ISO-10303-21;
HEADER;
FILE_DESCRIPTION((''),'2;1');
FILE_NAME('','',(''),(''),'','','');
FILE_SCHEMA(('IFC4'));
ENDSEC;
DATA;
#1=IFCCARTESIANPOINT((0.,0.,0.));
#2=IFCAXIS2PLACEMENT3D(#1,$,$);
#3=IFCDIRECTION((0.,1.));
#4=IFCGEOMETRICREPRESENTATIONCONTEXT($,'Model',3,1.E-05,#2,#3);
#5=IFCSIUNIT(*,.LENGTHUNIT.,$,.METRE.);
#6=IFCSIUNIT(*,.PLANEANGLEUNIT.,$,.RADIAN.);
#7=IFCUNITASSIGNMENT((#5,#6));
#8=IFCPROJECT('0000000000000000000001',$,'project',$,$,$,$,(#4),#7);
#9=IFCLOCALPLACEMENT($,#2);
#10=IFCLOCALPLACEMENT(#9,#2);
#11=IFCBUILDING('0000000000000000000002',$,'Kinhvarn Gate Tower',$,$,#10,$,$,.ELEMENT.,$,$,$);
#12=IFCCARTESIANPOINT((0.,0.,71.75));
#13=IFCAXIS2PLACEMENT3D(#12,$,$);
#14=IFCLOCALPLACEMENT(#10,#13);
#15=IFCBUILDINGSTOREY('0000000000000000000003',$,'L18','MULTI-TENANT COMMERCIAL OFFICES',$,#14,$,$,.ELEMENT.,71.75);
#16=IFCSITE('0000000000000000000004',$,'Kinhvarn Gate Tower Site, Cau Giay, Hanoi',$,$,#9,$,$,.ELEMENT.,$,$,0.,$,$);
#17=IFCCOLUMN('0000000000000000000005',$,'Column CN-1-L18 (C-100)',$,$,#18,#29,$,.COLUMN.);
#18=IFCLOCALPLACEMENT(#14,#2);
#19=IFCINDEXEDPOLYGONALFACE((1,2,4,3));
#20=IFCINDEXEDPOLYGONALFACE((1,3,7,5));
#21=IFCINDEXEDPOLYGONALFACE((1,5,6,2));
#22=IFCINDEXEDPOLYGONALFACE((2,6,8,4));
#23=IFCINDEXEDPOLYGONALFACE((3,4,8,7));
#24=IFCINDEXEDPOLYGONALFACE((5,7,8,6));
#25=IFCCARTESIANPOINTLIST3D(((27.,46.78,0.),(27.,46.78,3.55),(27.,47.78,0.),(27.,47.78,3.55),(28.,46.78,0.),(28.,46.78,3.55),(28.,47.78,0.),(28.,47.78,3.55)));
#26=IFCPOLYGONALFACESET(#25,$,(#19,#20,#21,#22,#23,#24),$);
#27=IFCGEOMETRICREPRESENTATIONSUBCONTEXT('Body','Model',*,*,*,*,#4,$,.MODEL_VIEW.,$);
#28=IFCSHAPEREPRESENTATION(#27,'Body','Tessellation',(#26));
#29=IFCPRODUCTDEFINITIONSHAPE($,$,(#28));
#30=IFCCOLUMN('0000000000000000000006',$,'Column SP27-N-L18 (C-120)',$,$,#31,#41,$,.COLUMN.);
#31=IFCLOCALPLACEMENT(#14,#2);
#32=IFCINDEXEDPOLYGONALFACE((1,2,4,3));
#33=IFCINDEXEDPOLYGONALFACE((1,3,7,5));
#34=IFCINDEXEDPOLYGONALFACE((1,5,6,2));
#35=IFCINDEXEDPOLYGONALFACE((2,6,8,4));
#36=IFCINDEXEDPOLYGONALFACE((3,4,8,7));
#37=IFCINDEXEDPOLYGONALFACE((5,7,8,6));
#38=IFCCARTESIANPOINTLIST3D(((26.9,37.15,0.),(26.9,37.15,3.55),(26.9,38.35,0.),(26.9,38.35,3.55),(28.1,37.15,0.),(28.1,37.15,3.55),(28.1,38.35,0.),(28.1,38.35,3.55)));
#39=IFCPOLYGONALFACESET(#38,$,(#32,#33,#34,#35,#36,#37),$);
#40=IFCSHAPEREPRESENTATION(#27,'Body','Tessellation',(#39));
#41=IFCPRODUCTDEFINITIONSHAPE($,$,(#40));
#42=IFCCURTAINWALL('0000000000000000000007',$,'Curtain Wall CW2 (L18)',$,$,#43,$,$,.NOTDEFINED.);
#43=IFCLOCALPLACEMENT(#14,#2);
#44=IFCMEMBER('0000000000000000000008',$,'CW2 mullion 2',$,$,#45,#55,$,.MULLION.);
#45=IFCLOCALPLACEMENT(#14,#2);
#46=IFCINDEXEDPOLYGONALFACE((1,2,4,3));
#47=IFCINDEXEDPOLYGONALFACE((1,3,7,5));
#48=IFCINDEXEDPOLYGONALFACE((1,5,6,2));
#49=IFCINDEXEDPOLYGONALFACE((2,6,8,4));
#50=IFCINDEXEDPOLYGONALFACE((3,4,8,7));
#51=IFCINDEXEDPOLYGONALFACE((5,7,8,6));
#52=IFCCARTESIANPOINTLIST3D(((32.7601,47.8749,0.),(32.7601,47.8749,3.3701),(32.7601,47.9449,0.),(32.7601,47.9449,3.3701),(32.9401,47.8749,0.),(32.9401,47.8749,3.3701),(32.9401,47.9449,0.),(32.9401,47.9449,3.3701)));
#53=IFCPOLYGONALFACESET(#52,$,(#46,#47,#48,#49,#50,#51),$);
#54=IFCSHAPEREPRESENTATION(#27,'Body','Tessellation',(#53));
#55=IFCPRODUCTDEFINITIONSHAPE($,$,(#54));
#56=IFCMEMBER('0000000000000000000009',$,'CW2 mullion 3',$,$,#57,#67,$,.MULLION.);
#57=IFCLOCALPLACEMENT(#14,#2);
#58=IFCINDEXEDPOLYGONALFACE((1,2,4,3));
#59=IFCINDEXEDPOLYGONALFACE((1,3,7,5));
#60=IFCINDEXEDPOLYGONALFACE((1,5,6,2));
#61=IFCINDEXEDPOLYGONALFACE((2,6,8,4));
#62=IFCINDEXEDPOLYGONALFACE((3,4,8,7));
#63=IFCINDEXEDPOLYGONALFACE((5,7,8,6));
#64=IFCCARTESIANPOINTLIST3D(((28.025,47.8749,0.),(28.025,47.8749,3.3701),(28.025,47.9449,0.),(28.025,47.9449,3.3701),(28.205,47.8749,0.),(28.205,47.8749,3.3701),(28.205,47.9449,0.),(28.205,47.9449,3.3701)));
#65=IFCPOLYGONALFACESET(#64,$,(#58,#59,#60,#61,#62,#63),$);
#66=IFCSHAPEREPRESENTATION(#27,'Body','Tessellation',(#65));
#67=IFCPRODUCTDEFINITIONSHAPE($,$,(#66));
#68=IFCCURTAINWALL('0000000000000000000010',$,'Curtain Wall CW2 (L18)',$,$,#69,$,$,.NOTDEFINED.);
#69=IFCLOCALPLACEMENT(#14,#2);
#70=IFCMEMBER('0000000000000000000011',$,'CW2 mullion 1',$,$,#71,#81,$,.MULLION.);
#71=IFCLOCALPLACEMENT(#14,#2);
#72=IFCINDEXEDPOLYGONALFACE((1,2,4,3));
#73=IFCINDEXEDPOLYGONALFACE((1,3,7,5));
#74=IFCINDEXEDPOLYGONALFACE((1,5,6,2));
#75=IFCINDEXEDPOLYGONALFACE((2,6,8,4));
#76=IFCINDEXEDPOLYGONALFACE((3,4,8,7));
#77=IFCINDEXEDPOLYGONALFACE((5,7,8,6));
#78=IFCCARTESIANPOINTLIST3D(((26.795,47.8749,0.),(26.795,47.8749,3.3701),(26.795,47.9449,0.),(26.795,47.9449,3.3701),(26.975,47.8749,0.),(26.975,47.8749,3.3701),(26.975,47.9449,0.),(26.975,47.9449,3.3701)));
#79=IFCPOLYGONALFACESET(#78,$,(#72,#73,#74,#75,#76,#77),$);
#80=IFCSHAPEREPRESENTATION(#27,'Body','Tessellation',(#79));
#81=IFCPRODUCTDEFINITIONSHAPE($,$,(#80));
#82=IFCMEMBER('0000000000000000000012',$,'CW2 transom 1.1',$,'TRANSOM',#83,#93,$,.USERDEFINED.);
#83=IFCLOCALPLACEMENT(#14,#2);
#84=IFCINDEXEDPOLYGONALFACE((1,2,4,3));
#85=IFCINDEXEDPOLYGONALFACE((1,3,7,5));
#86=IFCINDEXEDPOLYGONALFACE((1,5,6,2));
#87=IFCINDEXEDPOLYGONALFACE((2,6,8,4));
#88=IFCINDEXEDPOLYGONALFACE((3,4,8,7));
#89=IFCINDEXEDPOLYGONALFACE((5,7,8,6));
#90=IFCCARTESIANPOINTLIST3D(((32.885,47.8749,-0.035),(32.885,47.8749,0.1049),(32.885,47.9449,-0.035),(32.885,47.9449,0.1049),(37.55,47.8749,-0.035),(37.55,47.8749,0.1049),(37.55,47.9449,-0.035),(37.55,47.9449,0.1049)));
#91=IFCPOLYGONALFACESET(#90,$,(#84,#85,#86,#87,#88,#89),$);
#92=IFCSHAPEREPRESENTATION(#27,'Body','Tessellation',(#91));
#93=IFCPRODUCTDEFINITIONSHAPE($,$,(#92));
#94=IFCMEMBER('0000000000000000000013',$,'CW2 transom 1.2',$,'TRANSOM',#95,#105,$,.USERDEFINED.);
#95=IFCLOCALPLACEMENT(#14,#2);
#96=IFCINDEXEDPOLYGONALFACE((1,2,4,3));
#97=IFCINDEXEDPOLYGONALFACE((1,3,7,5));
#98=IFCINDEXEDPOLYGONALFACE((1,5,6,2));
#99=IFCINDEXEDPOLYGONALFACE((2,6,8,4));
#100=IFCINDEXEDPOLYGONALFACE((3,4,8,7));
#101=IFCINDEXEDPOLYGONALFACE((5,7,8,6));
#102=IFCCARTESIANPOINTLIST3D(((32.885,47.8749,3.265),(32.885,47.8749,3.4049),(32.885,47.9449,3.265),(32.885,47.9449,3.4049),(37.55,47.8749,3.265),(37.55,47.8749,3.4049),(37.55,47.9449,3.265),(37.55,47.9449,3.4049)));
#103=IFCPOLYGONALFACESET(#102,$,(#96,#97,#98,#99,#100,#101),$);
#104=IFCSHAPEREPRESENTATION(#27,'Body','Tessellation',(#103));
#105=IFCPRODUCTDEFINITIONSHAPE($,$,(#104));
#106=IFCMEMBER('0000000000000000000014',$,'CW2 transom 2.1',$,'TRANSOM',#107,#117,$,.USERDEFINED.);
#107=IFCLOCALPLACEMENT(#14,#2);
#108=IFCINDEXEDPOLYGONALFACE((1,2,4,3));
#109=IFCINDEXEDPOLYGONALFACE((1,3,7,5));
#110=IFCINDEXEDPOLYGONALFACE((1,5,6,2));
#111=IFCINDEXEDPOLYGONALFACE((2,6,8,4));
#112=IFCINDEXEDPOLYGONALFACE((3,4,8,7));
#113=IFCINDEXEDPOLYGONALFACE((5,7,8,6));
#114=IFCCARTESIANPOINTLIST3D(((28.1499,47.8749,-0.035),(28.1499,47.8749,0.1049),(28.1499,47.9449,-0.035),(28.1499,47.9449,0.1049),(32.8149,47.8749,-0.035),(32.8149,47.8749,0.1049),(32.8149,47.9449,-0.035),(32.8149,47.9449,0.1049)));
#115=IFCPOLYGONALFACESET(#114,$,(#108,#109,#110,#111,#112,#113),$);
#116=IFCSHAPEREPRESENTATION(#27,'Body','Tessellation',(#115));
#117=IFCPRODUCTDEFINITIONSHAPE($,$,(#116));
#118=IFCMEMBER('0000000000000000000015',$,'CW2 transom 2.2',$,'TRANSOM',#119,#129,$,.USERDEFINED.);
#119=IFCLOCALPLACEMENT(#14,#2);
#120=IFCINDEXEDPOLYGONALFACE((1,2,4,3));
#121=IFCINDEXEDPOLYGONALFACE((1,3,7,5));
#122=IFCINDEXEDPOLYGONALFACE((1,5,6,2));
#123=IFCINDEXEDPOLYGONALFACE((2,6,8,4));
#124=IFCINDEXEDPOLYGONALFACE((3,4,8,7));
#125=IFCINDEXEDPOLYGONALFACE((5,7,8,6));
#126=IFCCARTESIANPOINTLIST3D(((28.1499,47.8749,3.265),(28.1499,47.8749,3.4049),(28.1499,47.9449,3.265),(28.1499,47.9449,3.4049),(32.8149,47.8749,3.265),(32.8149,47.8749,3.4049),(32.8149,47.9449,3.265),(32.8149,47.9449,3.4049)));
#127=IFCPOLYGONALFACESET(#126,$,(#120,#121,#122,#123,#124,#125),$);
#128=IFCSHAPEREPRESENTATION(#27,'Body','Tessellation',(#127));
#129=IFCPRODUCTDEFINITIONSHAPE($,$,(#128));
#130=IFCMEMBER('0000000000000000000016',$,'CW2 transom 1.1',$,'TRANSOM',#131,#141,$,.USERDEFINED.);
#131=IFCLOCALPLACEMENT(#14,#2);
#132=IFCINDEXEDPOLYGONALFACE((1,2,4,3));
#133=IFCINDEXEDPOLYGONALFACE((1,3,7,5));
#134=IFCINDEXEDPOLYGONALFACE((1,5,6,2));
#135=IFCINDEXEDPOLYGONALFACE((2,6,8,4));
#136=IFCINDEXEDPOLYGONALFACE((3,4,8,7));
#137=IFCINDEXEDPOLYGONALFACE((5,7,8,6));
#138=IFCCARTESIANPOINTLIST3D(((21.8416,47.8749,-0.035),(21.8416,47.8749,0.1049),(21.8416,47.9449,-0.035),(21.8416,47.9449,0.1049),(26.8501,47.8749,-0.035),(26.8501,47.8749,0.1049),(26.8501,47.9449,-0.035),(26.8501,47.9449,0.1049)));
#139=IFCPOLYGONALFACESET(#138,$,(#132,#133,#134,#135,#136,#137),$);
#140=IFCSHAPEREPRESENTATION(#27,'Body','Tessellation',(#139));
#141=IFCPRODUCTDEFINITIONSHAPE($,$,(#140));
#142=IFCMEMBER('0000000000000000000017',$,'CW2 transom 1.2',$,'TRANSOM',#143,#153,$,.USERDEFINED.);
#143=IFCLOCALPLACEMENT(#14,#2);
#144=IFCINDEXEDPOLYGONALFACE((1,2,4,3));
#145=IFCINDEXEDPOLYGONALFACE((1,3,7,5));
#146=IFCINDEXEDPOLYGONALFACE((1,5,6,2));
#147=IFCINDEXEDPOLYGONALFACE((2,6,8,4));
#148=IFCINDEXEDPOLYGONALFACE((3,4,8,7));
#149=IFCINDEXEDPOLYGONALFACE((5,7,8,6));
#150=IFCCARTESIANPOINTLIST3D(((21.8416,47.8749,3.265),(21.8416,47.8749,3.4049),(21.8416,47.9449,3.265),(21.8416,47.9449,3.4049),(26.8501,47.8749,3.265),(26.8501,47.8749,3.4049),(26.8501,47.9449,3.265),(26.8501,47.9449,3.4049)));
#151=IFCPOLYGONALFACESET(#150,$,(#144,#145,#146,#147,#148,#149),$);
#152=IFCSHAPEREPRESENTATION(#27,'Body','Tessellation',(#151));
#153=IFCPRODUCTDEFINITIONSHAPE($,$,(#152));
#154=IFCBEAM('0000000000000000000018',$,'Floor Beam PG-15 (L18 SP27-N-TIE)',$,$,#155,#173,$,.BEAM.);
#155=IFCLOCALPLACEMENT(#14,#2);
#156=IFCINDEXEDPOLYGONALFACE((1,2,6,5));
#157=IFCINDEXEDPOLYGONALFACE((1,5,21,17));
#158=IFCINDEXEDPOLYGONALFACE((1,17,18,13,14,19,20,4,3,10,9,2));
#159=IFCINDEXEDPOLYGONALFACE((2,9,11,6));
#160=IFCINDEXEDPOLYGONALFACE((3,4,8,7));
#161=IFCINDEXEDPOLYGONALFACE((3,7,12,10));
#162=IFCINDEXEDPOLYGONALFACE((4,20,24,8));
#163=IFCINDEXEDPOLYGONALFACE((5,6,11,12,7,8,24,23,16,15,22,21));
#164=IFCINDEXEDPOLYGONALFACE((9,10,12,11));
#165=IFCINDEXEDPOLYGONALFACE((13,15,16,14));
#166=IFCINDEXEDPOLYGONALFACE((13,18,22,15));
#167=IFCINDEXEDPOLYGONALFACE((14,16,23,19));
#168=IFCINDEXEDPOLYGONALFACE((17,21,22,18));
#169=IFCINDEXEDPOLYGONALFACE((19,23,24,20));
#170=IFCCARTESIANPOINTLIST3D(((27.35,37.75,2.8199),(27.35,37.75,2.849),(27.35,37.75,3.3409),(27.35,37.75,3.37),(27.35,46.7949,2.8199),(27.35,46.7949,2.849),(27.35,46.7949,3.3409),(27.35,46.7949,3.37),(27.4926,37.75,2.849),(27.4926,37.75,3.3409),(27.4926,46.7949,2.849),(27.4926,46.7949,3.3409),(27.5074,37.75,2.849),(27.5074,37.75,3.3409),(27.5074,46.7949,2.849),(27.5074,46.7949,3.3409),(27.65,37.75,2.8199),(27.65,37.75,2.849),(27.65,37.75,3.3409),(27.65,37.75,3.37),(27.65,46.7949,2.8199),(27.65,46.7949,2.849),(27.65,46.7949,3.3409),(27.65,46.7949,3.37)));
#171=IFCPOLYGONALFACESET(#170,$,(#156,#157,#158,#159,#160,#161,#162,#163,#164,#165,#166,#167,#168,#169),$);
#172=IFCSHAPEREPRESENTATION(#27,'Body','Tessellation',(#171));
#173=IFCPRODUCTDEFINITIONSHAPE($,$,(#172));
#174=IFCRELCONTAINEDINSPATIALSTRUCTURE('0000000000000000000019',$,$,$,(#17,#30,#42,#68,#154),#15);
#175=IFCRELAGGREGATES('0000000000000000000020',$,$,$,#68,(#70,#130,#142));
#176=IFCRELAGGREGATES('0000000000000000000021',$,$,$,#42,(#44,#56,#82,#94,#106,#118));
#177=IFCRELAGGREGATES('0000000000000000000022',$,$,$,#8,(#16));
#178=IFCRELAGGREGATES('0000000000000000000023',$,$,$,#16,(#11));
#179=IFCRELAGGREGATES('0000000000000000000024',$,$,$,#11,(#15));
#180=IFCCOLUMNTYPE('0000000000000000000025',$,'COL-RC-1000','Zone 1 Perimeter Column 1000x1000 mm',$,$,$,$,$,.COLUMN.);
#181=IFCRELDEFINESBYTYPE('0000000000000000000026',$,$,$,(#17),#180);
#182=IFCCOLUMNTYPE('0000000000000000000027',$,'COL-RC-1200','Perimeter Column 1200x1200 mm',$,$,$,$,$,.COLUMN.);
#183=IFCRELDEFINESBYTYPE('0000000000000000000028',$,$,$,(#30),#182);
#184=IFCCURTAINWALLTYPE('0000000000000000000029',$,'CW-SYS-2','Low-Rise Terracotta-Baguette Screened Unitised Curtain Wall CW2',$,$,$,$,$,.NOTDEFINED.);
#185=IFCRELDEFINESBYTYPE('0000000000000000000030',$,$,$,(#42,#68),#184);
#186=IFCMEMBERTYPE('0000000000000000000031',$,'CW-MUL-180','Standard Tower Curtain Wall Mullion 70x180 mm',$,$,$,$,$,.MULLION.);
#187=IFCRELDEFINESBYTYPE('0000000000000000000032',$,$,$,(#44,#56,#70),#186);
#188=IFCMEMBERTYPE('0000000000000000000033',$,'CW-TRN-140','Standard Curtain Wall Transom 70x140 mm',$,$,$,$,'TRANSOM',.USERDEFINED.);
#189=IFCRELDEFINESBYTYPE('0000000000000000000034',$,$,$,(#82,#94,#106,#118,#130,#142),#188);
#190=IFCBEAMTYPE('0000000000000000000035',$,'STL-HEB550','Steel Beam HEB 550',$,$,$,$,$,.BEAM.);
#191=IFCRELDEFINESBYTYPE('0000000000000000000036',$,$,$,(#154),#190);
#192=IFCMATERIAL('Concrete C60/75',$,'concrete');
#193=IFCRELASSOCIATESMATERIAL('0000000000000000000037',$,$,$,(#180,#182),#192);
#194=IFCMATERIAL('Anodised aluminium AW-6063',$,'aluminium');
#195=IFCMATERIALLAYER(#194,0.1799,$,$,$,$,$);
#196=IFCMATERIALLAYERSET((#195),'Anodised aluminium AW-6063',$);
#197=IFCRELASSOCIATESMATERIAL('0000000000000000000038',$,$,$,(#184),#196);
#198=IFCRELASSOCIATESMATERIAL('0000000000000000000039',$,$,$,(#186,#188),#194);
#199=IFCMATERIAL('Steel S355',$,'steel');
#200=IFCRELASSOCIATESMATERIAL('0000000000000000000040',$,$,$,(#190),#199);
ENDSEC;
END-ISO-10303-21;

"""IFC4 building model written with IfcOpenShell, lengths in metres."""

from ifc_helpers import new_model, si_unit, direction, frame, origin, origin_2d, place, context, subcontext, project, spatial, rectangle, i_section, extrude, material, layer, layer_set, material_profile, profile_set, type_object, element, aggregate, save


model = new_model("IFC4")

# Units and contexts
model_context = context("Model", 3, precision=1e-05, world=origin(), true_north=direction((0.0, 1.0)))
body_context = subcontext(model_context, "Body", "Model", "MODEL_VIEW")
ifc_project = project(units=[si_unit("LENGTHUNIT", "METRE"), si_unit("PLANEANGLEUNIT", "RADIAN")], contexts=[model_context])

# Site, building, storey
site_placement = place(None, origin())
site = spatial("IfcSite", under=ifc_project, at=site_placement, Name="Kinhvarn Gate Tower Site, Cau Giay, Hanoi", CompositionType="ELEMENT", RefElevation=0.0)
building_placement = place(site_placement, origin())
building = spatial("IfcBuilding", under=site, at=building_placement, Name="Kinhvarn Gate Tower", CompositionType="ELEMENT")
storey_placement = place(building_placement, frame((0.0, 0.0, 71.75)))
storey = spatial("IfcBuildingStorey", under=building, at=storey_placement, Name="L18", Description="MULTI-TENANT COMMERCIAL OFFICES", CompositionType="ELEMENT", Elevation=71.75)

# Columns
ifc_material_1 = material(Name="Concrete C60/75", Category="concrete")
ifc_material_profile_1 = material_profile(ifc_material_1, rectangle(XDim=1.0, YDim=1.0, at=origin_2d()), Name="RC 1000x1000")
ifc_profile_set_1 = profile_set([ifc_material_profile_1], Name="Concrete C60/75")
column_type_1 = type_object("IfcColumnType", Name="COL-RC-1000", Description="Zone 1 Perimeter Column 1000x1000 mm", PredefinedType="COLUMN", material=ifc_profile_set_1)
column_1_placement = place(storey_placement, frame((27.5, 47.28, 0.0), z_axis=(0.0, 0.0, 1.0), x_axis=(1.0, 0.0, 0.0)))
element("IfcColumn", 1, at=column_1_placement, inside=storey, type_object=column_type_1, Name="Column CN-1-L18 (C-100)", PredefinedType="COLUMN", context=body_context, shape_type="SweptSolid", body=[
    extrude(rectangle(XDim=1.0, YDim=1.0, at=origin_2d()), origin(), (0.0, 0.0, 1.0), 3.55),
])
ifc_material_profile_2 = material_profile(ifc_material_1, rectangle(XDim=1.2, YDim=1.2, at=origin_2d()), Name="RC 1200x1200")
ifc_profile_set_2 = profile_set([ifc_material_profile_2], Name="Concrete C60/75")
column_type_2 = type_object("IfcColumnType", Name="COL-RC-1200", Description="Perimeter Column 1200x1200 mm", PredefinedType="COLUMN", material=ifc_profile_set_2)
column_2_placement = place(storey_placement, frame((27.5, 37.75, 0.0), z_axis=(0.0, 0.0, 1.0), x_axis=(1.0, 0.0, 0.0)))
element("IfcColumn", 2, at=column_2_placement, inside=storey, type_object=column_type_2, Name="Column SP27-N-L18 (C-120)", PredefinedType="COLUMN", context=body_context, shape_type="SweptSolid", body=[
    extrude(rectangle(XDim=1.2, YDim=1.2, at=origin_2d()), origin(), (0.0, 0.0, 1.0), 3.55),
])

# Curtain wall, members
ifc_material_2 = material(Name="Anodised aluminium AW-6063", Category="aluminium")
ifc_layer_1 = layer(ifc_material_2, 0.1799)
ifc_layer_set_1 = layer_set([ifc_layer_1], Name="Anodised aluminium AW-6063")
curtain_wall_type = type_object("IfcCurtainWallType", Name="CW-SYS-2", Description="Low-Rise Terracotta-Baguette Screened Unitised Curtain Wall CW2", PredefinedType="NOTDEFINED", material=ifc_layer_set_1)
curtain_wall_1_placement = place(storey_placement, origin())
curtain_wall_1 = element("IfcCurtainWall", 3, at=curtain_wall_1_placement, inside=storey, type_object=curtain_wall_type, Name="Curtain Wall CW2 (L18)", PredefinedType="NOTDEFINED")
ifc_material_profile_3 = material_profile(ifc_material_2, rectangle(XDim=0.0701, YDim=0.1799, at=origin_2d()), Name="ALU 70x180")
ifc_profile_set_3 = profile_set([ifc_material_profile_3], Name="Anodised aluminium AW-6063")
member_type_1 = type_object("IfcMemberType", Name="CW-MUL-180", Description="Standard Tower Curtain Wall Mullion 70x180 mm", PredefinedType="MULLION", material=ifc_profile_set_3)
member_1_placement = place(storey_placement, frame((32.8501, 47.9099, 0.0), z_axis=(0.0, 0.0, 1.0), x_axis=(0.0, -1.0, 0.0)))
member_1 = element("IfcMember", 4, at=member_1_placement, type_object=member_type_1, Name="CW2 mullion 2", PredefinedType="MULLION", context=body_context, shape_type="SweptSolid", body=[
    extrude(rectangle(XDim=0.0701, YDim=0.1799, at=origin_2d()), origin(), (0.0, 0.0, 1.0), 3.3701),
])
member_2_placement = place(storey_placement, frame((28.115, 47.9099, 0.0), z_axis=(0.0, 0.0, 1.0), x_axis=(0.0, -1.0, 0.0)))
member_2 = element("IfcMember", 5, at=member_2_placement, type_object=member_type_1, Name="CW2 mullion 3", PredefinedType="MULLION", context=body_context, shape_type="SweptSolid", body=[
    extrude(rectangle(XDim=0.0701, YDim=0.1799, at=origin_2d()), origin(), (0.0, 0.0, 1.0), 3.3701),
])

# Curtain wall, member
curtain_wall_2_placement = place(storey_placement, origin())
curtain_wall_2 = element("IfcCurtainWall", 6, at=curtain_wall_2_placement, inside=storey, type_object=curtain_wall_type, Name="Curtain Wall CW2 (L18)", PredefinedType="NOTDEFINED")
member_3_placement = place(storey_placement, frame((26.885, 47.9099, 0.0), z_axis=(0.0, 0.0, 1.0), x_axis=(0.0, -1.0, 0.0)))
member_3 = element("IfcMember", 7, at=member_3_placement, type_object=member_type_1, Name="CW2 mullion 1", PredefinedType="MULLION", context=body_context, shape_type="SweptSolid", body=[
    extrude(rectangle(XDim=0.0701, YDim=0.1799, at=origin_2d()), origin(), (0.0, 0.0, 1.0), 3.3701),
])

# Members
ifc_material_profile_4 = material_profile(ifc_material_2, rectangle(XDim=0.0701, YDim=0.1399, at=origin_2d()), Name="ALU 70x140")
ifc_profile_set_4 = profile_set([ifc_material_profile_4], Name="Anodised aluminium AW-6063")
member_type_2 = type_object("IfcMemberType", Name="CW-TRN-140", Description="Standard Curtain Wall Transom 70x140 mm", ElementType="TRANSOM", PredefinedType="USERDEFINED", material=ifc_profile_set_4)
member_4_placement = place(storey_placement, frame((37.55, 47.9099, 0.0349), z_axis=(-1.0, 0.0, 0.0), x_axis=(0.0, -1.0, 0.0)))
member_4 = element("IfcMember", 8, at=member_4_placement, type_object=member_type_2, Name="CW2 transom 1.1", ObjectType="TRANSOM", PredefinedType="USERDEFINED", context=body_context, shape_type="SweptSolid", body=[
    extrude(rectangle(XDim=0.0701, YDim=0.1399, at=origin_2d()), origin(), (0.0, 0.0, 1.0), 4.665),
])
member_5_placement = place(storey_placement, frame((37.55, 47.9099, 3.335), z_axis=(-1.0, 0.0, 0.0), x_axis=(0.0, -1.0, 0.0)))
member_5 = element("IfcMember", 9, at=member_5_placement, type_object=member_type_2, Name="CW2 transom 1.2", ObjectType="TRANSOM", PredefinedType="USERDEFINED", context=body_context, shape_type="SweptSolid", body=[
    extrude(rectangle(XDim=0.0701, YDim=0.1399, at=origin_2d()), origin(), (0.0, 0.0, 1.0), 4.665),
])
member_6_placement = place(storey_placement, frame((32.8149, 47.9099, 0.0349), z_axis=(-1.0, 0.0, 0.0), x_axis=(0.0, -1.0, 0.0)))
member_6 = element("IfcMember", 10, at=member_6_placement, type_object=member_type_2, Name="CW2 transom 2.1", ObjectType="TRANSOM", PredefinedType="USERDEFINED", context=body_context, shape_type="SweptSolid", body=[
    extrude(rectangle(XDim=0.0701, YDim=0.1399, at=origin_2d()), origin(), (0.0, 0.0, 1.0), 4.665),
])
member_7_placement = place(storey_placement, frame((32.8149, 47.9099, 3.335), z_axis=(-1.0, 0.0, 0.0), x_axis=(0.0, -1.0, 0.0)))
member_7 = element("IfcMember", 11, at=member_7_placement, type_object=member_type_2, Name="CW2 transom 2.2", ObjectType="TRANSOM", PredefinedType="USERDEFINED", context=body_context, shape_type="SweptSolid", body=[
    extrude(rectangle(XDim=0.0701, YDim=0.1399, at=origin_2d()), origin(), (0.0, 0.0, 1.0), 4.665),
])
member_8_placement = place(storey_placement, frame((26.8501, 47.9099, 0.0349), z_axis=(-1.0, 0.0, 0.0), x_axis=(0.0, -1.0, 0.0)))
member_8 = element("IfcMember", 12, at=member_8_placement, type_object=member_type_2, Name="CW2 transom 1.1", ObjectType="TRANSOM", PredefinedType="USERDEFINED", context=body_context, shape_type="SweptSolid", body=[
    extrude(rectangle(XDim=0.0701, YDim=0.1399, at=origin_2d()), origin(), (0.0, 0.0, 1.0), 5.0085),
])
member_9_placement = place(storey_placement, frame((26.8501, 47.9099, 3.335), z_axis=(-1.0, 0.0, 0.0), x_axis=(0.0, -1.0, 0.0)))
member_9 = element("IfcMember", 13, at=member_9_placement, type_object=member_type_2, Name="CW2 transom 1.2", ObjectType="TRANSOM", PredefinedType="USERDEFINED", context=body_context, shape_type="SweptSolid", body=[
    extrude(rectangle(XDim=0.0701, YDim=0.1399, at=origin_2d()), origin(), (0.0, 0.0, 1.0), 5.0085),
])
aggregate(curtain_wall_2, [member_3, member_8, member_9])

# Beam
ifc_material_3 = material(Name="Steel S355", Category="steel")
ifc_material_profile_5 = material_profile(ifc_material_3, i_section(OverallWidth=0.3, OverallDepth=0.55, WebThickness=0.0149, FlangeThickness=0.0291, at=origin_2d()), Name="HEB 550")
ifc_profile_set_5 = profile_set([ifc_material_profile_5], Name="Steel S355")
beam_type_1 = type_object("IfcBeamType", Name="STL-HEB550", Description="Steel Beam HEB 550", PredefinedType="BEAM", material=ifc_profile_set_5)
beam_1_placement = place(storey_placement, frame((27.5, 37.75, 3.095), z_axis=(0.0, 1.0, 0.0), x_axis=(-1.0, 0.0, 0.0)))
element("IfcBeam", 14, at=beam_1_placement, inside=storey, type_object=beam_type_1, Name="Floor Beam PG-15 (L18 SP27-N-TIE)", PredefinedType="BEAM", context=body_context, shape_type="SweptSolid", body=[
    extrude(i_section(OverallWidth=0.3, OverallDepth=0.55, WebThickness=0.0149, FlangeThickness=0.0291, at=origin_2d()), origin(), (0.0, 0.0, 1.0), 9.0449),
])

aggregate(curtain_wall_1, [member_1, member_2, member_4, member_5, member_6, member_7])

save(model, "model.ifc")
